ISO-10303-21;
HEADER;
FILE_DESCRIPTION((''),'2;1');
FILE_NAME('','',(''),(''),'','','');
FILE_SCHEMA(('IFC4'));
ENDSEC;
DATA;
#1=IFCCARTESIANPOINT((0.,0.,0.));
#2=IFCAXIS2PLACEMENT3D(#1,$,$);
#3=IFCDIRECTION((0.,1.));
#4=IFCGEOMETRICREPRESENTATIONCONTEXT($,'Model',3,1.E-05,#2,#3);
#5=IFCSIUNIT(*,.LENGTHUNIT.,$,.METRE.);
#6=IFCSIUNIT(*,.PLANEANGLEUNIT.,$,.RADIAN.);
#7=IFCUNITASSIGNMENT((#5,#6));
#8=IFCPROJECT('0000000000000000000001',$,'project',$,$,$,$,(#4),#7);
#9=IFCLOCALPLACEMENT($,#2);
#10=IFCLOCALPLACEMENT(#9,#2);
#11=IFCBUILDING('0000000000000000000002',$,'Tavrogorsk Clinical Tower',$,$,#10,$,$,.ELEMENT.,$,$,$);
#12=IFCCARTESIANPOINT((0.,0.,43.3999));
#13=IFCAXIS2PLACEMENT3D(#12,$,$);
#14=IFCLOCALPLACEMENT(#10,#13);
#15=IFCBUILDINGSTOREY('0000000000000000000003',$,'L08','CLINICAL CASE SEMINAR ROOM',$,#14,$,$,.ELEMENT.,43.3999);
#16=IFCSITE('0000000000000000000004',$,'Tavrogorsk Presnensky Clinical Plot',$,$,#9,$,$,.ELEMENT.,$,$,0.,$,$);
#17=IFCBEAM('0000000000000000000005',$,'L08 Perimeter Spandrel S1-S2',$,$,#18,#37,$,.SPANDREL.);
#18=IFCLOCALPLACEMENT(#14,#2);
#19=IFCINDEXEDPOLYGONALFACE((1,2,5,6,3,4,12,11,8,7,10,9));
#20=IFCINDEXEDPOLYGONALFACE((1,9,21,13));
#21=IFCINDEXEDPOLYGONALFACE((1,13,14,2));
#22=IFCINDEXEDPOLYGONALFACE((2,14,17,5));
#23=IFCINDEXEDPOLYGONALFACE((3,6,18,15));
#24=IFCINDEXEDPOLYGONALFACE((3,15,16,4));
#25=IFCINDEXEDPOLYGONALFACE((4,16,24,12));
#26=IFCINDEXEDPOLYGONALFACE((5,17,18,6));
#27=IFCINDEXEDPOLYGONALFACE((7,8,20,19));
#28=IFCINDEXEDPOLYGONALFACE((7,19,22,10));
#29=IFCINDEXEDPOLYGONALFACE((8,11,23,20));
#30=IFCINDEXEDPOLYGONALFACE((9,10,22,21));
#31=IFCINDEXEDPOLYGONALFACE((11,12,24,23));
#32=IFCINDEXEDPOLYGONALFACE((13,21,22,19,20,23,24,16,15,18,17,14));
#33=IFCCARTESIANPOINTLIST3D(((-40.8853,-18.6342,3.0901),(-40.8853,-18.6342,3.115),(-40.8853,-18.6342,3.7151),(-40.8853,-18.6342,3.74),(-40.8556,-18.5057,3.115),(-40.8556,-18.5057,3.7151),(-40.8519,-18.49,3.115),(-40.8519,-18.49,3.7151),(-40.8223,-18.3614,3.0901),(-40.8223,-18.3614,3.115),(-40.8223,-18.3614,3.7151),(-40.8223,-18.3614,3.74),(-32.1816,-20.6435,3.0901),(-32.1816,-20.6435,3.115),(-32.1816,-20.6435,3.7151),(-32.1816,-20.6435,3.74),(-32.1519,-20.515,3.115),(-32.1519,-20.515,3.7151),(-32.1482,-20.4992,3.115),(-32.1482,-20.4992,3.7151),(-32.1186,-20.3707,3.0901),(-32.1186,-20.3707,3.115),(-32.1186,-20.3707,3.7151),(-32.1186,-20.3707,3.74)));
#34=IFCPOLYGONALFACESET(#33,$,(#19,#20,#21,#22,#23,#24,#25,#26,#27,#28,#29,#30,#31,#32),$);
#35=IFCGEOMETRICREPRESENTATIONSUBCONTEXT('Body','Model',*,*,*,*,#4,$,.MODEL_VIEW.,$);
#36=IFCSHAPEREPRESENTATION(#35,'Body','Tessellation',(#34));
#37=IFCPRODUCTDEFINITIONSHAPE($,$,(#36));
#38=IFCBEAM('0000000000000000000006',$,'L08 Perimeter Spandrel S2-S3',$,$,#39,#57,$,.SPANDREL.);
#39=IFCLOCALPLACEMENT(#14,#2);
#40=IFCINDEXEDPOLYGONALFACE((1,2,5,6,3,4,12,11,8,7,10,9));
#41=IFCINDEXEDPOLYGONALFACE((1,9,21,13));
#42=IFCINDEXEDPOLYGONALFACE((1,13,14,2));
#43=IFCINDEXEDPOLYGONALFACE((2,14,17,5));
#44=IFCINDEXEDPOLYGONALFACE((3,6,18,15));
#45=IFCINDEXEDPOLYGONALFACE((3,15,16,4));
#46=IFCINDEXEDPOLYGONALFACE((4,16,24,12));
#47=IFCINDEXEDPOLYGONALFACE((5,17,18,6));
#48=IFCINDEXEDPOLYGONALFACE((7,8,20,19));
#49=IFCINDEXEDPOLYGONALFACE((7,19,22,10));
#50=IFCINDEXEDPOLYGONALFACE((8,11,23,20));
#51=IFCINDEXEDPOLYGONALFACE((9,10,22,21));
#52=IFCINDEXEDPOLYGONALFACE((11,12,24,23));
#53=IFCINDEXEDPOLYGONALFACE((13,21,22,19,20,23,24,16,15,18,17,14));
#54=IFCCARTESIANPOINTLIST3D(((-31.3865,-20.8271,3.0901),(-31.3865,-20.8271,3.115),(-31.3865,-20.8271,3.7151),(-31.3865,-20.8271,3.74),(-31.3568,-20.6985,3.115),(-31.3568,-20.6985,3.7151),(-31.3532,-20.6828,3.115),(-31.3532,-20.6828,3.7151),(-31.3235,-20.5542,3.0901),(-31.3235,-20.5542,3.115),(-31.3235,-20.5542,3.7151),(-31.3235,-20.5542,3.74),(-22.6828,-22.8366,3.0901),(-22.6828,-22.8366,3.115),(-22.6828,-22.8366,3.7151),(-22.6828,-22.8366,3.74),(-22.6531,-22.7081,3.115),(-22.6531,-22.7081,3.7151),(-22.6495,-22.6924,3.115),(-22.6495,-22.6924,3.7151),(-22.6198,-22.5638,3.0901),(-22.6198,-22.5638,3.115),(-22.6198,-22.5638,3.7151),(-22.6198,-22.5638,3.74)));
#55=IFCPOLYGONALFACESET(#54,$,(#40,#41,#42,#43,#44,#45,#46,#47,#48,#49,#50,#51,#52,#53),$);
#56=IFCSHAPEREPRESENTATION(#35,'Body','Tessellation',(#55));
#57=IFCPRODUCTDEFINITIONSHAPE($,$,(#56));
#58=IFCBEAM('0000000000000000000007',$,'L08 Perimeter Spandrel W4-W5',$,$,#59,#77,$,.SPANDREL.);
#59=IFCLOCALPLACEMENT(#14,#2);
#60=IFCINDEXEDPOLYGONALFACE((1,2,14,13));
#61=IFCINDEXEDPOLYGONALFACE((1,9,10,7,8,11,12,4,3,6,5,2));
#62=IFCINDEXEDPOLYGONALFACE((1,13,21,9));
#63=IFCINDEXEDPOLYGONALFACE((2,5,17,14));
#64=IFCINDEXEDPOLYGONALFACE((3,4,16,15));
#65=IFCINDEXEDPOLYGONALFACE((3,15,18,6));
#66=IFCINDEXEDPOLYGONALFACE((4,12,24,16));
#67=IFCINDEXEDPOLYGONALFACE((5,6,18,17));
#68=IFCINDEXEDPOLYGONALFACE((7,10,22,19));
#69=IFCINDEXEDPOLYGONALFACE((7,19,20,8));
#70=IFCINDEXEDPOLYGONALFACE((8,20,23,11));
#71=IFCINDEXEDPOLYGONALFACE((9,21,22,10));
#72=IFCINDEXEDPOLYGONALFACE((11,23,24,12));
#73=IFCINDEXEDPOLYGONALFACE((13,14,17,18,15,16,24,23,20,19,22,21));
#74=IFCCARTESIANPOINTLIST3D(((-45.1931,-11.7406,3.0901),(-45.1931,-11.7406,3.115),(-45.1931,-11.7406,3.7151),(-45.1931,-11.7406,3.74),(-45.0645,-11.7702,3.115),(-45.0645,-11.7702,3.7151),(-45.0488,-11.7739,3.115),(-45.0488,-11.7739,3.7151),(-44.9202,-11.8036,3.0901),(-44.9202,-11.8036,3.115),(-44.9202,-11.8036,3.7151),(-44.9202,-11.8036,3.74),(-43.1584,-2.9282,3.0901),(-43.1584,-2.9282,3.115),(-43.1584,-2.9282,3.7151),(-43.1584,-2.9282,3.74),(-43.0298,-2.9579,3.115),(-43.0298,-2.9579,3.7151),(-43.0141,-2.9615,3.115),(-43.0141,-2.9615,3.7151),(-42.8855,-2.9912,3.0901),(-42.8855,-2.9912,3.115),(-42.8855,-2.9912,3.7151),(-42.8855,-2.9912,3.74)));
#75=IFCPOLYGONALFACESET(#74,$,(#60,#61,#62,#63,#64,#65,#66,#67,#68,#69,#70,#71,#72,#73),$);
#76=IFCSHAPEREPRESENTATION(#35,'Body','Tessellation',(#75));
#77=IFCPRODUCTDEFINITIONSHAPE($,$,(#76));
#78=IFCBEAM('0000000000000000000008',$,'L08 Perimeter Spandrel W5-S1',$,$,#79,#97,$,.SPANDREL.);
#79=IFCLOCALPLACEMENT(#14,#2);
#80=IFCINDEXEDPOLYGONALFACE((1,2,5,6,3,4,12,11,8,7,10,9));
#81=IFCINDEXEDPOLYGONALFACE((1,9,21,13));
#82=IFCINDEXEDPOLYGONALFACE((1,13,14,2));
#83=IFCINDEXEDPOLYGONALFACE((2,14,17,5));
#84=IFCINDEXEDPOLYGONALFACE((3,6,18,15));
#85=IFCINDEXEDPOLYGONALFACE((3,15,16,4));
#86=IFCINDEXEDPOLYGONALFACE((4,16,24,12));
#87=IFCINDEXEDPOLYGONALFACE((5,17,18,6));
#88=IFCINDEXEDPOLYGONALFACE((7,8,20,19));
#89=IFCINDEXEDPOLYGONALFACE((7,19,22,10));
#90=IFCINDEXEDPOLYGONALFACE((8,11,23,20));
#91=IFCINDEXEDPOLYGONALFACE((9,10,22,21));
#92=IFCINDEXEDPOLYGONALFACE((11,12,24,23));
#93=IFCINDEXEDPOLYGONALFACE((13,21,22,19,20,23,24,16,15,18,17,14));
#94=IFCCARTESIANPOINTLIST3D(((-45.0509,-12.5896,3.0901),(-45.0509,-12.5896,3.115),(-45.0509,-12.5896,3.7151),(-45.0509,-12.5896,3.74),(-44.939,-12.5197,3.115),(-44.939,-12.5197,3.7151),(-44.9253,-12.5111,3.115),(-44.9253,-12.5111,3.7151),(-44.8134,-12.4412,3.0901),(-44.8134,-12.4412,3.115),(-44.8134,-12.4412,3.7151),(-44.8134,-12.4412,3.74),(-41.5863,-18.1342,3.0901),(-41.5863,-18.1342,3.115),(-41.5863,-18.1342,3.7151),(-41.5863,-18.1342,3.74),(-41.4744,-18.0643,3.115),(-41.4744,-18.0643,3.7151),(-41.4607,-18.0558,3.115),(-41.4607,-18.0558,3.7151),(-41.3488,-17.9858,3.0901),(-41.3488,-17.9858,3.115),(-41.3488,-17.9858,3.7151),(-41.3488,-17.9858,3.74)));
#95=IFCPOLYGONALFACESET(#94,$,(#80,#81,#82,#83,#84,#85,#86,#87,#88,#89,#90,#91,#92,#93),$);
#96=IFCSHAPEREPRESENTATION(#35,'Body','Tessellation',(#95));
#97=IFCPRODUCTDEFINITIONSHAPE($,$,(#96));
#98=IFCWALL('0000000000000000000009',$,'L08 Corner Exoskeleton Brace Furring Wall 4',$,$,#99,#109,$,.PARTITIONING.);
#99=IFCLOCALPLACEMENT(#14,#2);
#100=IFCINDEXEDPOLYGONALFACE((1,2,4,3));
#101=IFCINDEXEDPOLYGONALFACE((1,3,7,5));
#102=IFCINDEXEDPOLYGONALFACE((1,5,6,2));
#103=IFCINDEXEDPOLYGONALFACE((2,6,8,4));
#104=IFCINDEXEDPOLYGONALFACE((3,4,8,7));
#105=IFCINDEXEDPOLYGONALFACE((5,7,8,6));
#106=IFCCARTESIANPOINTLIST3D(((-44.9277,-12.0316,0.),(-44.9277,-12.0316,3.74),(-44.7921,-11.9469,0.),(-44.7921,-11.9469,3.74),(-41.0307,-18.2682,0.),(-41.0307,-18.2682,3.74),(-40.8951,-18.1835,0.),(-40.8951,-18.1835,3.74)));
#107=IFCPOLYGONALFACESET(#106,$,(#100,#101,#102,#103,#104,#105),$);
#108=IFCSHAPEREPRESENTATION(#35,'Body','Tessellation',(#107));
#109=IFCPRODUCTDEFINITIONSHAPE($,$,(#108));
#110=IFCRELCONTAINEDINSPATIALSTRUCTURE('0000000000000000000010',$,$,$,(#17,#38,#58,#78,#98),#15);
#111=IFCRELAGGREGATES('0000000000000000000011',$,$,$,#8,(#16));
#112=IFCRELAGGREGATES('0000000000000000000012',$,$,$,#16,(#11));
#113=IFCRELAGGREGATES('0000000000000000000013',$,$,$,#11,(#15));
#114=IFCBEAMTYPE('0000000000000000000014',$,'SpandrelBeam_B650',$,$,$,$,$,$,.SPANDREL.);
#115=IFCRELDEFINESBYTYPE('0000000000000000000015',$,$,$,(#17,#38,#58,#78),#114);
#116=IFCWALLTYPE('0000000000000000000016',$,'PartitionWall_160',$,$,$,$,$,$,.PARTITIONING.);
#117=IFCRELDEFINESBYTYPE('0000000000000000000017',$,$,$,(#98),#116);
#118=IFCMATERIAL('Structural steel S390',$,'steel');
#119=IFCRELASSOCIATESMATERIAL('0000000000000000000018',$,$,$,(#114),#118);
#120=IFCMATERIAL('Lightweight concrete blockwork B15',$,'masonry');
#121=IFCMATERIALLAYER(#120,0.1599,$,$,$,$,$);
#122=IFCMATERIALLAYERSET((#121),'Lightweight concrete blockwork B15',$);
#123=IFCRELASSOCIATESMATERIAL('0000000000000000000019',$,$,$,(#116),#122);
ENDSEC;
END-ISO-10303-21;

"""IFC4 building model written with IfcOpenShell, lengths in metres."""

from ifc_helpers import new_model, si_unit, direction, frame, frame_2d, origin, origin_2d, place, context, subcontext, project, spatial, rectangle, i_section, extrude, material, layer, layer_set, material_profile, profile_set, type_object, element, save


model = new_model("IFC4")

# Units and contexts
model_context = context("Model", 3, precision=1e-05, world=origin(), true_north=direction((0.0, 1.0)))
body_context = subcontext(model_context, "Body", "Model", "MODEL_VIEW")
ifc_project = project(units=[si_unit("LENGTHUNIT", "METRE"), si_unit("PLANEANGLEUNIT", "RADIAN")], contexts=[model_context])

# Site, building, storey
site_placement = place(None, origin())
site = spatial("IfcSite", under=ifc_project, at=site_placement, Name="Tavrogorsk Presnensky Clinical Plot", CompositionType="ELEMENT", RefElevation=0.0)
building_placement = place(site_placement, origin())
building = spatial("IfcBuilding", under=site, at=building_placement, Name="Tavrogorsk Clinical Tower", CompositionType="ELEMENT")
storey_placement = place(building_placement, frame((0.0, 0.0, 43.3999)))
storey = spatial("IfcBuildingStorey", under=building, at=storey_placement, Name="L08", Description="CLINICAL CASE SEMINAR ROOM", CompositionType="ELEMENT", Elevation=43.3999)

# Beams
ifc_material_1 = material(Name="Structural steel S390", Category="steel")
ifc_material_profile_1 = material_profile(ifc_material_1, i_section(OverallWidth=0.28, OverallDepth=0.6499, WebThickness=0.0161, FlangeThickness=0.0249, at=origin_2d()), Name="B-650x280x16x25")
ifc_profile_set_1 = profile_set([ifc_material_profile_1], Name="Structural steel S390")
beam_type_1 = type_object("IfcBeamType", Name="SpandrelBeam_B650", PredefinedType="SPANDREL", material=ifc_profile_set_1)
for number, where, z_axis, x_axis, name in (
    (1, (-40.8538, -18.4978, 3.415), (0.974373, -0.224939, 0.0), (0.224939, 0.974373, 0.0), "L08 Perimeter Spandrel S1-S2"),
    (2, (-31.355, -20.6907, 3.415), (0.974367, -0.224965, 0.0), (0.224965, 0.974367, 0.0), "L08 Perimeter Spandrel S2-S3"),
):
    element("IfcBeam", number, at=place(storey_placement, frame(where, z_axis=z_axis, x_axis=x_axis)), inside=storey, type_object=beam_type_1, Name=name, PredefinedType="SPANDREL", context=body_context, shape_type="SweptSolid", body=[
        extrude(i_section(OverallWidth=0.28, OverallDepth=0.6499, WebThickness=0.0161, FlangeThickness=0.0249, at=origin_2d()), origin(), (0.0, 0.0, 1.0), 8.9326),
    ])
beam_1_placement = place(storey_placement, frame((-43.022, -2.9597, 3.415), z_axis=(-0.224972, -0.974365, 0.0), x_axis=(0.974365, -0.224972, 0.0)))
element("IfcBeam", 3, at=beam_1_placement, inside=storey, type_object=beam_type_1, Name="L08 Perimeter Spandrel W4-W5", PredefinedType="SPANDREL", context=body_context, shape_type="SweptSolid", body=[
    extrude(i_section(OverallWidth=0.28, OverallDepth=0.6499, WebThickness=0.0161, FlangeThickness=0.0249, at=origin_2d()), origin(), (0.0, 0.0, 1.0), 9.0442),
])
beam_2_placement = place(storey_placement, frame((-44.9321, -12.5154, 3.415), z_axis=(0.529908, -0.848055, 0.0), x_axis=(0.848055, 0.529908, 0.0)))
element("IfcBeam", 4, at=beam_2_placement, inside=storey, type_object=beam_type_1, Name="L08 Perimeter Spandrel W5-S1", PredefinedType="SPANDREL", context=body_context, shape_type="SweptSolid", body=[
    extrude(i_section(OverallWidth=0.28, OverallDepth=0.6499, WebThickness=0.0161, FlangeThickness=0.0249, at=origin_2d()), origin(), (0.0, 0.0, 1.0), 6.5381),
])

# Wall
ifc_material_2 = material(Name="Lightweight concrete blockwork B15", Category="masonry")
ifc_layer_1 = layer(ifc_material_2, 0.1599)
ifc_layer_set_1 = layer_set([ifc_layer_1], Name="Lightweight concrete blockwork B15")
wall_type_1 = type_object("IfcWallType", Name="PartitionWall_160", PredefinedType="PARTITIONING", material=ifc_layer_set_1)
wall_1_placement = place(storey_placement, frame((-44.8599, -11.9893, 0.0), z_axis=(0.0, 0.0, 1.0), x_axis=(0.529912, -0.848052, 0.0)))
element("IfcWall", 5, at=wall_1_placement, inside=storey, type_object=wall_type_1, Name="L08 Corner Exoskeleton Brace Furring Wall 4", PredefinedType="PARTITIONING", context=body_context, shape_type="SweptSolid", body=[
    extrude(rectangle(XDim=7.354, YDim=0.1599, at=frame_2d((3.677, 0.0))), origin(), (0.0, 0.0, 1.0), 3.74),
])

save(model, "model.ifc")
